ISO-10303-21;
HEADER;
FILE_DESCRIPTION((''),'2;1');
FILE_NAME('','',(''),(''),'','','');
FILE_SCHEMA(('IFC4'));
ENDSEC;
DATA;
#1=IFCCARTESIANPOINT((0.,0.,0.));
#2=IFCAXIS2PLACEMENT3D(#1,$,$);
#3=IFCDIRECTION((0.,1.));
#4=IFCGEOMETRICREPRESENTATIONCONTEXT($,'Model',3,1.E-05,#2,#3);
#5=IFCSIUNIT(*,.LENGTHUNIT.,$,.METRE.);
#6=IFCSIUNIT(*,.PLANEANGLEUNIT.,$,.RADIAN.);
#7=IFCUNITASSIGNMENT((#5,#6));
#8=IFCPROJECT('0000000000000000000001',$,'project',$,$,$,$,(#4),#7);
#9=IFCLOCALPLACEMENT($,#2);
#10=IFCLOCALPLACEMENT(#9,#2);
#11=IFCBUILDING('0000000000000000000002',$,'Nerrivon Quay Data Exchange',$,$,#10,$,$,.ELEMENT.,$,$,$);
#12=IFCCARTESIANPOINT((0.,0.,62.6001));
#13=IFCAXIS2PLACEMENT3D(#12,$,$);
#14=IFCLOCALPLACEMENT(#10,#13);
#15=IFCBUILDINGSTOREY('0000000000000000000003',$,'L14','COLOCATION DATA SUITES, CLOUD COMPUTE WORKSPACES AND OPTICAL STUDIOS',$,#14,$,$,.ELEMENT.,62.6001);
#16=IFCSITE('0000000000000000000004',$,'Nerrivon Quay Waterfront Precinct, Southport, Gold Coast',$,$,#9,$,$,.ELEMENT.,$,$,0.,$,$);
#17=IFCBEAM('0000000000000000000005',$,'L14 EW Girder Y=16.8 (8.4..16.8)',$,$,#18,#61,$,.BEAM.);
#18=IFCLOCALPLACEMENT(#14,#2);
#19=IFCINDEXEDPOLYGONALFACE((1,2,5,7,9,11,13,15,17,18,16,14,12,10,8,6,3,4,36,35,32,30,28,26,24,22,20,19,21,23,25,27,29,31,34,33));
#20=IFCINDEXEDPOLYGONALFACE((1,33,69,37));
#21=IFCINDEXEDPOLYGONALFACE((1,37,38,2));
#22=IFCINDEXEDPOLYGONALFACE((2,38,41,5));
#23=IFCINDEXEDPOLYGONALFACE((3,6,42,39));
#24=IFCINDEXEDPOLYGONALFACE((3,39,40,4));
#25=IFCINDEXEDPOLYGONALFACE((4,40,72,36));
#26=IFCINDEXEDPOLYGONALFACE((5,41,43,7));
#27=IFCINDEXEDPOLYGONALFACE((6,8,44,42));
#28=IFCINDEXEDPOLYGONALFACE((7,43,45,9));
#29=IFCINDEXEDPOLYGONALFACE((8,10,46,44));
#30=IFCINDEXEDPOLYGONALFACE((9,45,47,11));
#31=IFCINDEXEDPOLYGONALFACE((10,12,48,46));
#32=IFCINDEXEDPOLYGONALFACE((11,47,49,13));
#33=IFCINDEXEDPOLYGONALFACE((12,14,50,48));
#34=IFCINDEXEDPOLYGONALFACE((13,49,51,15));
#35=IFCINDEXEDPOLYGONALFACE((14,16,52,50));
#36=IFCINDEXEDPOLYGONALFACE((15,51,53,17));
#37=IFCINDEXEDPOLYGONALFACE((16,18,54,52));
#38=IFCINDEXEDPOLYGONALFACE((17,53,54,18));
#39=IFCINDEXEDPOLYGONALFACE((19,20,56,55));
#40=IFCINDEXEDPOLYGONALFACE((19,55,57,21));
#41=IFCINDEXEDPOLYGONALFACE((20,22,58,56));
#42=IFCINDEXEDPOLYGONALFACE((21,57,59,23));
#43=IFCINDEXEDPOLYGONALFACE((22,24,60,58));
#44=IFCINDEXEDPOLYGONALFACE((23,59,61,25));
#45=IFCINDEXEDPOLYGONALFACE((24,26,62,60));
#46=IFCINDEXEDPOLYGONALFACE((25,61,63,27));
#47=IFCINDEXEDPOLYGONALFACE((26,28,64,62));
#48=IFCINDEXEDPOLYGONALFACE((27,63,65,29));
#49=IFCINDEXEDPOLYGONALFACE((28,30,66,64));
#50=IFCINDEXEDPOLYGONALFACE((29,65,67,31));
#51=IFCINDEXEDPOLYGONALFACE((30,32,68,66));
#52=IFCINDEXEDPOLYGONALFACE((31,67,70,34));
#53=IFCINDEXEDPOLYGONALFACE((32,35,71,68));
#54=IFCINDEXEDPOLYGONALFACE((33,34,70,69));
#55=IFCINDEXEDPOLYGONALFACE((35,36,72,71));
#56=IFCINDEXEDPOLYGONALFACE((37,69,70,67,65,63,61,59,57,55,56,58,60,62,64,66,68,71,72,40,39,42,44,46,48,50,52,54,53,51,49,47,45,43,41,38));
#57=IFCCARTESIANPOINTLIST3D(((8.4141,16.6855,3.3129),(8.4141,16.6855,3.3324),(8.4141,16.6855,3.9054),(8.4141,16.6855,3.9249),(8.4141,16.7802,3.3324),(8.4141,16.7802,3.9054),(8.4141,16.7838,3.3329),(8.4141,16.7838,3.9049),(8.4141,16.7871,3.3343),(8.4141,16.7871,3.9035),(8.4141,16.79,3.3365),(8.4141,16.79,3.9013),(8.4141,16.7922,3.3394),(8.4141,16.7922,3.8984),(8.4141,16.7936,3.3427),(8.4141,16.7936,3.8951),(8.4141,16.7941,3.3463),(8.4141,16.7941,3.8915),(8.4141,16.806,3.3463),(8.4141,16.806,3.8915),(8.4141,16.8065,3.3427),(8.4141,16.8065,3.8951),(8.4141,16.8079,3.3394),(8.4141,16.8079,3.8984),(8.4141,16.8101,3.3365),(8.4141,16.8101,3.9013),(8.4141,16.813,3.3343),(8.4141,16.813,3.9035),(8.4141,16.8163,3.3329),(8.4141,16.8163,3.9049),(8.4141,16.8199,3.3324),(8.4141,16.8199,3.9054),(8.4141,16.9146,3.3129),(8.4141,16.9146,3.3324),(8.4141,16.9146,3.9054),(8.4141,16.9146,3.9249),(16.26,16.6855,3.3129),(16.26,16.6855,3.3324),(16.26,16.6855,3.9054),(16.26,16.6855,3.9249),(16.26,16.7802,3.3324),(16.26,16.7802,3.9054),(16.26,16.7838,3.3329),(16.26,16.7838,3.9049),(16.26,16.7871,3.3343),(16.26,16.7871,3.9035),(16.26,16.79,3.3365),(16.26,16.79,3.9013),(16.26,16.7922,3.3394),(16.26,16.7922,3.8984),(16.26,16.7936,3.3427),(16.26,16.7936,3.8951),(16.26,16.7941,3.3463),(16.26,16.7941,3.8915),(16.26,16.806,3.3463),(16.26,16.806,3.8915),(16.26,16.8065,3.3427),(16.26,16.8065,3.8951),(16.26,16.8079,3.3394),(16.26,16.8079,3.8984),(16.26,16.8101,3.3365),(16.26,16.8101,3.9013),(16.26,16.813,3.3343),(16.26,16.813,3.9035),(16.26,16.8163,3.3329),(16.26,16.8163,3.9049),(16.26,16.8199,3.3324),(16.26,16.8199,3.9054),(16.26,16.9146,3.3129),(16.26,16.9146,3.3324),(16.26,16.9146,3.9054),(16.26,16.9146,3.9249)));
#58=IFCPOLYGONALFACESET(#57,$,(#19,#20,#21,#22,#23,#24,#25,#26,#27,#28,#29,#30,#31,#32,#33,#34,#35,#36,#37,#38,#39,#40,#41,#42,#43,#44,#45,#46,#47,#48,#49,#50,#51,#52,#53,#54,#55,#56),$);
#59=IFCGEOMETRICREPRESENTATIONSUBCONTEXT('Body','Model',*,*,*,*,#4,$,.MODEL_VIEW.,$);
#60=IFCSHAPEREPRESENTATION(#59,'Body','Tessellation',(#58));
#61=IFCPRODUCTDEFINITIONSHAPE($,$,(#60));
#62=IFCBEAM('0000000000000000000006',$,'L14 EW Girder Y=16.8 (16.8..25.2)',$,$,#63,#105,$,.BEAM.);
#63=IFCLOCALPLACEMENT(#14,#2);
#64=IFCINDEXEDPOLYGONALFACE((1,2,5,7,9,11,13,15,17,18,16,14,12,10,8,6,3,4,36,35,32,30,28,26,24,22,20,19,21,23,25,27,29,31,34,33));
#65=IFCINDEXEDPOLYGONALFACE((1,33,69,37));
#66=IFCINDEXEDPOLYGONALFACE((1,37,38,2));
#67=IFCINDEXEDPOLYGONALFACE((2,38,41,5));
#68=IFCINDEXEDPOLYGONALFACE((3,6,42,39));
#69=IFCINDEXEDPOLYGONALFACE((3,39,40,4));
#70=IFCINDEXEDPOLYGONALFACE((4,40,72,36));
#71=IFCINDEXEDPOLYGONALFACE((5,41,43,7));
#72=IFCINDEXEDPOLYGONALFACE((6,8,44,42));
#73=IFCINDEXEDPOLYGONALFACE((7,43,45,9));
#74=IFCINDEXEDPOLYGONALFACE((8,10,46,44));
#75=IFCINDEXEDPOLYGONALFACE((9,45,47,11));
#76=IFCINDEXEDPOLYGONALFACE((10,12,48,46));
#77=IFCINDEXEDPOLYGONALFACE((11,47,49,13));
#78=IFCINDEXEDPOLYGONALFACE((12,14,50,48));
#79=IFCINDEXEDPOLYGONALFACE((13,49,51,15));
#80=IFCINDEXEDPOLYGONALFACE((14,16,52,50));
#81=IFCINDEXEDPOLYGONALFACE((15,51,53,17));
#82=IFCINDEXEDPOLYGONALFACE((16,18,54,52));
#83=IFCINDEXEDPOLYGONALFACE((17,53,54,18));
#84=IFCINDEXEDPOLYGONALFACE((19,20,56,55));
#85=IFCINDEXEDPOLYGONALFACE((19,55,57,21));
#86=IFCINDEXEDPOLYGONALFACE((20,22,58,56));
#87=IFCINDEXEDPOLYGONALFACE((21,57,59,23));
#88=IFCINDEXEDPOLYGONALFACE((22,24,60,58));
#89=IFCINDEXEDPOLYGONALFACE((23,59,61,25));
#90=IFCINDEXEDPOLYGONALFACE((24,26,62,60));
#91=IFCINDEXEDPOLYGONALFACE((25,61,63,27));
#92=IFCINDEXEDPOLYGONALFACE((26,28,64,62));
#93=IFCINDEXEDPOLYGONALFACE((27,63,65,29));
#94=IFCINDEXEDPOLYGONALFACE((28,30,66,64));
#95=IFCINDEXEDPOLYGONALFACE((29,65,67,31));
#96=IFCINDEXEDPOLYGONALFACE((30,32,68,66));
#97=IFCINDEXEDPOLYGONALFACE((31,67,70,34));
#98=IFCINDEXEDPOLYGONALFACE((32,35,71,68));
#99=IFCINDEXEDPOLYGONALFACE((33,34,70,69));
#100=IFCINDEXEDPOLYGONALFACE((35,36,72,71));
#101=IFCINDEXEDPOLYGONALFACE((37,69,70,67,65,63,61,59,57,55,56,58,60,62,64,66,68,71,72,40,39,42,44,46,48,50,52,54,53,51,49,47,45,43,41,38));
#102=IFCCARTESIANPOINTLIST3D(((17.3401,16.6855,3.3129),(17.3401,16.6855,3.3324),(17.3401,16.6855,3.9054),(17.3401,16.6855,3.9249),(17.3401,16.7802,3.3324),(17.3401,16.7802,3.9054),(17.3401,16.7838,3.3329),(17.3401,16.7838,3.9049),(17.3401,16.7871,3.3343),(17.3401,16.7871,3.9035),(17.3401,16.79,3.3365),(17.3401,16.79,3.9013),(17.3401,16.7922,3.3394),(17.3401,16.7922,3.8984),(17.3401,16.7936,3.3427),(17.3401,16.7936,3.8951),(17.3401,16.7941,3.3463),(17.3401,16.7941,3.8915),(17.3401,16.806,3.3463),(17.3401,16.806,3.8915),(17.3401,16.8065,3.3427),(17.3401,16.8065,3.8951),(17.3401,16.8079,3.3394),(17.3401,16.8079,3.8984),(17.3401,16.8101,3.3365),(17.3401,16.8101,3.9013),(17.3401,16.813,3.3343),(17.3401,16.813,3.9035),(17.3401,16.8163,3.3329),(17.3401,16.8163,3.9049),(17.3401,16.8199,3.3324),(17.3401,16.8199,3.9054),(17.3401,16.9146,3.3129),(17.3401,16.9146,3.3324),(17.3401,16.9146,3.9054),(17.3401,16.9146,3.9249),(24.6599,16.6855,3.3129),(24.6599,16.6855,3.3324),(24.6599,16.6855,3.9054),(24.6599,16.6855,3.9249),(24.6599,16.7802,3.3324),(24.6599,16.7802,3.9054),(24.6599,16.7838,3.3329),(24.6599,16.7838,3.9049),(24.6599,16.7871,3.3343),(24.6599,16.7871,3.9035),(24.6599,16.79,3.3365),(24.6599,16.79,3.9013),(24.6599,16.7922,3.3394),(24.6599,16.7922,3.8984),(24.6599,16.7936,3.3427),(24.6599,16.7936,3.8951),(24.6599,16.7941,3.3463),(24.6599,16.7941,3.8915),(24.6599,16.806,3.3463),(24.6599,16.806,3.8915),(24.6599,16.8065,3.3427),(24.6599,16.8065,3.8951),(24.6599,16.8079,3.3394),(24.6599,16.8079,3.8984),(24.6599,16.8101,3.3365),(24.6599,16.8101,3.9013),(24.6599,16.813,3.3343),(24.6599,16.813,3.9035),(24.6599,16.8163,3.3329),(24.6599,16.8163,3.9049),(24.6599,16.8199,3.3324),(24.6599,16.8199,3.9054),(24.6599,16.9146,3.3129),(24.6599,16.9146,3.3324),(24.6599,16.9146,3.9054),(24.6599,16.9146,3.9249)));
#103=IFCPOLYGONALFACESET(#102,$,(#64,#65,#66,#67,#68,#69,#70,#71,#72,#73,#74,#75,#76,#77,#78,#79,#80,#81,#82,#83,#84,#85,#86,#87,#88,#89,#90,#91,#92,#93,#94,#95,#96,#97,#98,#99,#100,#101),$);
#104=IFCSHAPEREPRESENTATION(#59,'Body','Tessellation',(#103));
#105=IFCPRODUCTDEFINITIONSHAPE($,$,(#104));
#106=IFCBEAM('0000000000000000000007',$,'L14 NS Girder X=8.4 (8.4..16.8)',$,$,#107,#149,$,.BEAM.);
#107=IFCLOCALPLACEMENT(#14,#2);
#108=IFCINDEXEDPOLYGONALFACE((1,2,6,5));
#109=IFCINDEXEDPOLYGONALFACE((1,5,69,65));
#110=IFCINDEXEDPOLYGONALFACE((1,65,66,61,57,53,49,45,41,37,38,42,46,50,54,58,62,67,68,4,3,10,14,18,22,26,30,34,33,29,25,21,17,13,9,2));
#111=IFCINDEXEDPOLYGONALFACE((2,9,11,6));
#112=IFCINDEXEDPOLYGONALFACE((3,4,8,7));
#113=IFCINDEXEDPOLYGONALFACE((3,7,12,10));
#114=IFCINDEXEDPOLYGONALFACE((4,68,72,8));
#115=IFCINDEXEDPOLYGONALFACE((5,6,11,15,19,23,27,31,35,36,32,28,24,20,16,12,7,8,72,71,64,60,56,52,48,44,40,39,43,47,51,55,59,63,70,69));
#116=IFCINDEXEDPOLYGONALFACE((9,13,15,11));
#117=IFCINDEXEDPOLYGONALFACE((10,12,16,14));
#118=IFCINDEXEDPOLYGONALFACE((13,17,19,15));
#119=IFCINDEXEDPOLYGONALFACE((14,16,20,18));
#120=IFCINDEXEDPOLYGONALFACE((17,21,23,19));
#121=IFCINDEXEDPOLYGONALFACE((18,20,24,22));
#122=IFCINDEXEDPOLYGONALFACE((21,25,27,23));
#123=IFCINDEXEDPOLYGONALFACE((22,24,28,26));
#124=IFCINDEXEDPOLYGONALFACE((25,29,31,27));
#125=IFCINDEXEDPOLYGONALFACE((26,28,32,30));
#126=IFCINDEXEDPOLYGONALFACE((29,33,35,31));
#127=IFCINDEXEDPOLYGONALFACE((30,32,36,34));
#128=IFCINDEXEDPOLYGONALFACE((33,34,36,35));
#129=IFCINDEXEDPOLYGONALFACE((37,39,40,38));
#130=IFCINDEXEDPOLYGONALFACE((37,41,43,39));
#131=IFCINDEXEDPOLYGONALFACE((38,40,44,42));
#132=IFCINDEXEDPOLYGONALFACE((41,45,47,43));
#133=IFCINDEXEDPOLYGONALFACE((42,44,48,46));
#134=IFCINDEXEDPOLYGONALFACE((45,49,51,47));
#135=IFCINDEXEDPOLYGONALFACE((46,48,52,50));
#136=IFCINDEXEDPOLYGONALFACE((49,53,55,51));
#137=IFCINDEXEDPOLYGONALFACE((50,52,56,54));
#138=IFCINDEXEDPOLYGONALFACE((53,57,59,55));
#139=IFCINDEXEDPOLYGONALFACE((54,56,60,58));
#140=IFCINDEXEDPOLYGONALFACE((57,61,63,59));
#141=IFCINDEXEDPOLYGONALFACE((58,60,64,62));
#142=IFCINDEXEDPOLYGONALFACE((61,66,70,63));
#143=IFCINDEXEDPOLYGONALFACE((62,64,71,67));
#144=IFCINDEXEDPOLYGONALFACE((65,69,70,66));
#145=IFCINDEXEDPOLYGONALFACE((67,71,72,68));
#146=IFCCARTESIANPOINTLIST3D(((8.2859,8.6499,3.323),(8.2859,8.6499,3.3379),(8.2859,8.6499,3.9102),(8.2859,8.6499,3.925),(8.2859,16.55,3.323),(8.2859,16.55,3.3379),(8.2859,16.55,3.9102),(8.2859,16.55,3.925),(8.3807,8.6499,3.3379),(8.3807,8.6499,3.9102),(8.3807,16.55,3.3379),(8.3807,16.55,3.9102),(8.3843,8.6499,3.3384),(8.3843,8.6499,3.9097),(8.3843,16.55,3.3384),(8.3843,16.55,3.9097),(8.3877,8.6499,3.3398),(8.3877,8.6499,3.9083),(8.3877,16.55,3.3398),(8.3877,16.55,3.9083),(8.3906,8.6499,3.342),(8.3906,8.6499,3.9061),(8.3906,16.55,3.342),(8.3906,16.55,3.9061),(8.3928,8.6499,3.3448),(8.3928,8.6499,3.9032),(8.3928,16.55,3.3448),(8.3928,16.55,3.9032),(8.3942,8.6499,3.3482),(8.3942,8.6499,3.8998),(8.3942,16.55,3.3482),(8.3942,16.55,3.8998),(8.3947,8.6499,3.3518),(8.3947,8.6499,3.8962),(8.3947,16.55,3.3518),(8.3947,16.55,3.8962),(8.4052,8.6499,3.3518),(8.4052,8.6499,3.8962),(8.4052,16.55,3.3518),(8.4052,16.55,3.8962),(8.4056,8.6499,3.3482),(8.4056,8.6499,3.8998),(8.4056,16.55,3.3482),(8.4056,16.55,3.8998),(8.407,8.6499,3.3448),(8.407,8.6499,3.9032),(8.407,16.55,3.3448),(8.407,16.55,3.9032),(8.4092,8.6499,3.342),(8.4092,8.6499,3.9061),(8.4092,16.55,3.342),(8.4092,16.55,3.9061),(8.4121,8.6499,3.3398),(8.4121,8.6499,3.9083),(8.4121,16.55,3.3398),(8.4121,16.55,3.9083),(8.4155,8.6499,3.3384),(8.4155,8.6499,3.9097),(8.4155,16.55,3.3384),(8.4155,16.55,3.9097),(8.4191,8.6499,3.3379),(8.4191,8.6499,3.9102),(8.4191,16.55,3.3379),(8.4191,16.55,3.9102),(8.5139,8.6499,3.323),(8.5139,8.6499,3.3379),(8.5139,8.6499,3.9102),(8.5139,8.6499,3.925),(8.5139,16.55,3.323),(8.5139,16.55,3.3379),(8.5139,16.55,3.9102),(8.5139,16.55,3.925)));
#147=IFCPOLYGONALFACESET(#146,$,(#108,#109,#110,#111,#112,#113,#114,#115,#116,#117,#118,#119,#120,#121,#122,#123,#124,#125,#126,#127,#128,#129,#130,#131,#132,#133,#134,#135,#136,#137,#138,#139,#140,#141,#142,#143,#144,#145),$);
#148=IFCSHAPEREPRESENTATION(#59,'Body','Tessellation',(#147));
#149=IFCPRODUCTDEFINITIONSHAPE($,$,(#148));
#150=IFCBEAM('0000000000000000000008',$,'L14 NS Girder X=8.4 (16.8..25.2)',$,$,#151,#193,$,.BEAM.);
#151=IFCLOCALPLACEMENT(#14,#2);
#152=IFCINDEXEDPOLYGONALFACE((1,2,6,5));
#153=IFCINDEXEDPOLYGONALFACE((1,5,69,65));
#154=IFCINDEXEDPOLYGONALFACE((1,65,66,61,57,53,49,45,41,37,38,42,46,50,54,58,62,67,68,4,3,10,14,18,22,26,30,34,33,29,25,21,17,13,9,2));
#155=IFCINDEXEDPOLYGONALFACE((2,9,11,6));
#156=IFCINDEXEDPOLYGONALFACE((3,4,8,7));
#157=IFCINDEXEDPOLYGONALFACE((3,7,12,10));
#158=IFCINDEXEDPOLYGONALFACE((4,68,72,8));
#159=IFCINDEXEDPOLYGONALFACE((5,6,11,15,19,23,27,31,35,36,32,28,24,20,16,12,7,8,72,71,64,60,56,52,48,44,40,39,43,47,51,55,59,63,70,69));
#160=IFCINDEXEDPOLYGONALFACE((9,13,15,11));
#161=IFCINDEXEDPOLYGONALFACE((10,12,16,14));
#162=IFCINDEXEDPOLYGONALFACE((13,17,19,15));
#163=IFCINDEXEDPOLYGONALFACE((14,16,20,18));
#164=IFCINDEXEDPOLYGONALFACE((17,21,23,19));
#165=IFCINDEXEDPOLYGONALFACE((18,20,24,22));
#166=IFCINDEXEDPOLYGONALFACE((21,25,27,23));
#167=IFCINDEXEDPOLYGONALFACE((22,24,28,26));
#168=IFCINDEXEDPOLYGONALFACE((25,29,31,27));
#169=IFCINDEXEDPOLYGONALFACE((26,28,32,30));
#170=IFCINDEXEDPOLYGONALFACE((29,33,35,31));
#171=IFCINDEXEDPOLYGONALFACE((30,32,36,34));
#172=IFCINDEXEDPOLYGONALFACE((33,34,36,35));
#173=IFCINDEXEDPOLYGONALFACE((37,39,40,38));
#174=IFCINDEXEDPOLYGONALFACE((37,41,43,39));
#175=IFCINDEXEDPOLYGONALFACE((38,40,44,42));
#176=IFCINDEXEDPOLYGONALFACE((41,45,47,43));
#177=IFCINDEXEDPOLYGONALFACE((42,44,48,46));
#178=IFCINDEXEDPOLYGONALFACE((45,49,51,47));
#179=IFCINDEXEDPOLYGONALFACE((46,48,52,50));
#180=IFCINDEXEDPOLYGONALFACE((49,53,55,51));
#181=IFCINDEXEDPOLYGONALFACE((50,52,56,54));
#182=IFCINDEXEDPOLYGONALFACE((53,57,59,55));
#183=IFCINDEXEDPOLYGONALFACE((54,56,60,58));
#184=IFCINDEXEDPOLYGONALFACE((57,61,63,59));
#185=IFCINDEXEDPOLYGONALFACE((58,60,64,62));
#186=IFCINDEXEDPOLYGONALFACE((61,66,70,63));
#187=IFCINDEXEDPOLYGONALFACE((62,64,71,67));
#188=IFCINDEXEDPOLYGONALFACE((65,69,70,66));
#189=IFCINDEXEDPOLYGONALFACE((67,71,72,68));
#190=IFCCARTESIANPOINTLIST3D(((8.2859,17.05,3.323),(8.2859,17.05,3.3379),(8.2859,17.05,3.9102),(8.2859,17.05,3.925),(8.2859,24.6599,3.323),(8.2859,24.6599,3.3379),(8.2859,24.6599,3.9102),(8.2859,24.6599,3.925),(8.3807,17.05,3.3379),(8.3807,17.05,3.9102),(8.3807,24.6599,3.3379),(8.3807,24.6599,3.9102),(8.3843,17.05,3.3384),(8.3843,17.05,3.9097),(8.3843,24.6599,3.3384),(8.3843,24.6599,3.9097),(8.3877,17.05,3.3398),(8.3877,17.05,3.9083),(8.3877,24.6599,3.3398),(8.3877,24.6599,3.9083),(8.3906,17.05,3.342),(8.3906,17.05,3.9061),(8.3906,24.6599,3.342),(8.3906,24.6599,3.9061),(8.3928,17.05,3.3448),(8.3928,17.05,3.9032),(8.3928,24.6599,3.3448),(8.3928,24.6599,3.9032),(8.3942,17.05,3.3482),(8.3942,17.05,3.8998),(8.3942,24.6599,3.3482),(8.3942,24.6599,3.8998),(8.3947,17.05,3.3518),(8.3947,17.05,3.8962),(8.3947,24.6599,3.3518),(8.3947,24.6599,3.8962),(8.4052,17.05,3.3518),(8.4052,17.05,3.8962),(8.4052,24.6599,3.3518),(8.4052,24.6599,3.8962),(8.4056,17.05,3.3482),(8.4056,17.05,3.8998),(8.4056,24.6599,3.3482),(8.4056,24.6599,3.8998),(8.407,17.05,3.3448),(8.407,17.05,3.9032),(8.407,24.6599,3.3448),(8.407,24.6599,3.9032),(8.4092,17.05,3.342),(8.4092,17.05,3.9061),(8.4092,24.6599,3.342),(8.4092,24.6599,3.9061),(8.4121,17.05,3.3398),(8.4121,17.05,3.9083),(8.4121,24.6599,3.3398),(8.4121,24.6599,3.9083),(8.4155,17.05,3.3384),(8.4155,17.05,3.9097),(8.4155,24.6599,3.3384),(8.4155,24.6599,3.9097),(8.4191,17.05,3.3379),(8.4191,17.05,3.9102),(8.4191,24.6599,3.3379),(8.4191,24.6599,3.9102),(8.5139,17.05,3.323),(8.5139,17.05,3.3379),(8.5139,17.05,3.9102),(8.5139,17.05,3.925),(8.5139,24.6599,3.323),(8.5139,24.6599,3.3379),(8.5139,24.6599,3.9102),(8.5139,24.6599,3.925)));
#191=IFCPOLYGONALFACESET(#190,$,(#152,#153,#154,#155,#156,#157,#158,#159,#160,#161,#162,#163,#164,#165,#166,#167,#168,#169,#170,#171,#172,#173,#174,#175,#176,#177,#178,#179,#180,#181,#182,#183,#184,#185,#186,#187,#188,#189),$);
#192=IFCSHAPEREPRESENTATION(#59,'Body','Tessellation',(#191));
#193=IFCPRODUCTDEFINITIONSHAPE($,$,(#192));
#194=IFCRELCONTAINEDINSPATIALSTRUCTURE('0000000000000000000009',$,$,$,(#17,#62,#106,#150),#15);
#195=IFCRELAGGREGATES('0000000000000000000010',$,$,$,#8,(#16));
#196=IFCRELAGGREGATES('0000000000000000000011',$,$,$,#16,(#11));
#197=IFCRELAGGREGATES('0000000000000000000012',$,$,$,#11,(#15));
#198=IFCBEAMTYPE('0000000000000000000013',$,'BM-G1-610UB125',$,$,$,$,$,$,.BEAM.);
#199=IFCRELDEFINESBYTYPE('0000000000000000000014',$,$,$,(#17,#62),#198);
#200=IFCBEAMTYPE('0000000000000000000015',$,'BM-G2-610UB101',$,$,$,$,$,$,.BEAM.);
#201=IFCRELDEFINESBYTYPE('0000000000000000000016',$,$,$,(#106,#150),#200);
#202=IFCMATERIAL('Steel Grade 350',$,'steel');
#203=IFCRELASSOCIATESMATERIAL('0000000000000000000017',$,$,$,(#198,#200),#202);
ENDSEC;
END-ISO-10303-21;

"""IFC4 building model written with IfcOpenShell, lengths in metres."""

from ifc_helpers import new_model, si_unit, direction, frame, origin, origin_2d, place, context, subcontext, project, spatial, i_section, extrude, material, material_profile, profile_set, type_object, element, save


model = new_model("IFC4")

# Units and contexts
model_context = context("Model", 3, precision=1e-05, world=origin(), true_north=direction((0.0, 1.0)))
body_context = subcontext(model_context, "Body", "Model", "MODEL_VIEW")
ifc_project = project(units=[si_unit("LENGTHUNIT", "METRE"), si_unit("PLANEANGLEUNIT", "RADIAN")], contexts=[model_context])

# Site, building, storey
site_placement = place(None, origin())
site = spatial("IfcSite", under=ifc_project, at=site_placement, Name="Nerrivon Quay Waterfront Precinct, Southport, Gold Coast", CompositionType="ELEMENT", RefElevation=0.0)
building_placement = place(site_placement, origin())
building = spatial("IfcBuilding", under=site, at=building_placement, Name="Nerrivon Quay Data Exchange", CompositionType="ELEMENT")
storey_placement = place(building_placement, frame((0.0, 0.0, 62.6001)))
storey = spatial("IfcBuildingStorey", under=building, at=storey_placement, Name="L14", Description="COLOCATION DATA SUITES, CLOUD COMPUTE WORKSPACES AND OPTICAL STUDIOS", CompositionType="ELEMENT", Elevation=62.6001)

# Shared definitions
ifc_material_1 = material(Name="Steel Grade 350", Category="steel")

# Beams
ifc_material_profile_1 = material_profile(ifc_material_1, i_section(OverallWidth=0.229, OverallDepth=0.6121, WebThickness=0.012, FlangeThickness=0.0195, FilletRadius=0.0139, at=origin_2d()), Name="610UB125")
ifc_profile_set_1 = profile_set([ifc_material_profile_1], Name="Steel Grade 350")
beam_type_1 = type_object("IfcBeamType", Name="BM-G1-610UB125", PredefinedType="BEAM", material=ifc_profile_set_1)
beam_1_placement = place(storey_placement, frame((8.4141, 16.8, 3.6189), z_axis=(1.0, 0.0, 0.0), x_axis=(0.0, 1.0, 0.0)))
element("IfcBeam", 1, at=beam_1_placement, inside=storey, type_object=beam_type_1, Name="L14 EW Girder Y=16.8 (8.4..16.8)", PredefinedType="BEAM", context=body_context, shape_type="SweptSolid", body=[
    extrude(i_section(OverallWidth=0.229, OverallDepth=0.6121, WebThickness=0.012, FlangeThickness=0.0195, FilletRadius=0.0139, at=origin_2d()), origin(), (0.0, 0.0, 1.0), 7.8459),
])
beam_2_placement = place(storey_placement, frame((17.3401, 16.8, 3.6189), z_axis=(1.0, 0.0, 0.0), x_axis=(0.0, 1.0, 0.0)))
element("IfcBeam", 2, at=beam_2_placement, inside=storey, type_object=beam_type_1, Name="L14 EW Girder Y=16.8 (16.8..25.2)", PredefinedType="BEAM", context=body_context, shape_type="SweptSolid", body=[
    extrude(i_section(OverallWidth=0.229, OverallDepth=0.6121, WebThickness=0.012, FlangeThickness=0.0195, FilletRadius=0.0139, at=origin_2d()), origin(), (0.0, 0.0, 1.0), 7.3198),
])
ifc_material_profile_2 = material_profile(ifc_material_1, i_section(OverallWidth=0.228, OverallDepth=0.6021, WebThickness=0.0105, FlangeThickness=0.0149, FilletRadius=0.0139, at=origin_2d()), Name="610UB101")
ifc_profile_set_2 = profile_set([ifc_material_profile_2], Name="Steel Grade 350")
beam_type_2 = type_object("IfcBeamType", Name="BM-G2-610UB101", PredefinedType="BEAM", material=ifc_profile_set_2)
beam_3_placement = place(storey_placement, frame((8.3999, 8.6499, 3.624), z_axis=(0.0, 1.0, 0.0), x_axis=(-1.0, 0.0, 0.0)))
element("IfcBeam", 3, at=beam_3_placement, inside=storey, type_object=beam_type_2, Name="L14 NS Girder X=8.4 (8.4..16.8)", PredefinedType="BEAM", context=body_context, shape_type="SweptSolid", body=[
    extrude(i_section(OverallWidth=0.228, OverallDepth=0.6021, WebThickness=0.0105, FlangeThickness=0.0149, FilletRadius=0.0139, at=origin_2d()), origin(), (0.0, 0.0, 1.0), 7.9001),
])
beam_4_placement = place(storey_placement, frame((8.3999, 17.05, 3.624), z_axis=(0.0, 1.0, 0.0), x_axis=(-1.0, 0.0, 0.0)))
element("IfcBeam", 4, at=beam_4_placement, inside=storey, type_object=beam_type_2, Name="L14 NS Girder X=8.4 (16.8..25.2)", PredefinedType="BEAM", context=body_context, shape_type="SweptSolid", body=[
    extrude(i_section(OverallWidth=0.228, OverallDepth=0.6021, WebThickness=0.0105, FlangeThickness=0.0149, FilletRadius=0.0139, at=origin_2d()), origin(), (0.0, 0.0, 1.0), 7.6099),
])

save(model, "model.ifc")
